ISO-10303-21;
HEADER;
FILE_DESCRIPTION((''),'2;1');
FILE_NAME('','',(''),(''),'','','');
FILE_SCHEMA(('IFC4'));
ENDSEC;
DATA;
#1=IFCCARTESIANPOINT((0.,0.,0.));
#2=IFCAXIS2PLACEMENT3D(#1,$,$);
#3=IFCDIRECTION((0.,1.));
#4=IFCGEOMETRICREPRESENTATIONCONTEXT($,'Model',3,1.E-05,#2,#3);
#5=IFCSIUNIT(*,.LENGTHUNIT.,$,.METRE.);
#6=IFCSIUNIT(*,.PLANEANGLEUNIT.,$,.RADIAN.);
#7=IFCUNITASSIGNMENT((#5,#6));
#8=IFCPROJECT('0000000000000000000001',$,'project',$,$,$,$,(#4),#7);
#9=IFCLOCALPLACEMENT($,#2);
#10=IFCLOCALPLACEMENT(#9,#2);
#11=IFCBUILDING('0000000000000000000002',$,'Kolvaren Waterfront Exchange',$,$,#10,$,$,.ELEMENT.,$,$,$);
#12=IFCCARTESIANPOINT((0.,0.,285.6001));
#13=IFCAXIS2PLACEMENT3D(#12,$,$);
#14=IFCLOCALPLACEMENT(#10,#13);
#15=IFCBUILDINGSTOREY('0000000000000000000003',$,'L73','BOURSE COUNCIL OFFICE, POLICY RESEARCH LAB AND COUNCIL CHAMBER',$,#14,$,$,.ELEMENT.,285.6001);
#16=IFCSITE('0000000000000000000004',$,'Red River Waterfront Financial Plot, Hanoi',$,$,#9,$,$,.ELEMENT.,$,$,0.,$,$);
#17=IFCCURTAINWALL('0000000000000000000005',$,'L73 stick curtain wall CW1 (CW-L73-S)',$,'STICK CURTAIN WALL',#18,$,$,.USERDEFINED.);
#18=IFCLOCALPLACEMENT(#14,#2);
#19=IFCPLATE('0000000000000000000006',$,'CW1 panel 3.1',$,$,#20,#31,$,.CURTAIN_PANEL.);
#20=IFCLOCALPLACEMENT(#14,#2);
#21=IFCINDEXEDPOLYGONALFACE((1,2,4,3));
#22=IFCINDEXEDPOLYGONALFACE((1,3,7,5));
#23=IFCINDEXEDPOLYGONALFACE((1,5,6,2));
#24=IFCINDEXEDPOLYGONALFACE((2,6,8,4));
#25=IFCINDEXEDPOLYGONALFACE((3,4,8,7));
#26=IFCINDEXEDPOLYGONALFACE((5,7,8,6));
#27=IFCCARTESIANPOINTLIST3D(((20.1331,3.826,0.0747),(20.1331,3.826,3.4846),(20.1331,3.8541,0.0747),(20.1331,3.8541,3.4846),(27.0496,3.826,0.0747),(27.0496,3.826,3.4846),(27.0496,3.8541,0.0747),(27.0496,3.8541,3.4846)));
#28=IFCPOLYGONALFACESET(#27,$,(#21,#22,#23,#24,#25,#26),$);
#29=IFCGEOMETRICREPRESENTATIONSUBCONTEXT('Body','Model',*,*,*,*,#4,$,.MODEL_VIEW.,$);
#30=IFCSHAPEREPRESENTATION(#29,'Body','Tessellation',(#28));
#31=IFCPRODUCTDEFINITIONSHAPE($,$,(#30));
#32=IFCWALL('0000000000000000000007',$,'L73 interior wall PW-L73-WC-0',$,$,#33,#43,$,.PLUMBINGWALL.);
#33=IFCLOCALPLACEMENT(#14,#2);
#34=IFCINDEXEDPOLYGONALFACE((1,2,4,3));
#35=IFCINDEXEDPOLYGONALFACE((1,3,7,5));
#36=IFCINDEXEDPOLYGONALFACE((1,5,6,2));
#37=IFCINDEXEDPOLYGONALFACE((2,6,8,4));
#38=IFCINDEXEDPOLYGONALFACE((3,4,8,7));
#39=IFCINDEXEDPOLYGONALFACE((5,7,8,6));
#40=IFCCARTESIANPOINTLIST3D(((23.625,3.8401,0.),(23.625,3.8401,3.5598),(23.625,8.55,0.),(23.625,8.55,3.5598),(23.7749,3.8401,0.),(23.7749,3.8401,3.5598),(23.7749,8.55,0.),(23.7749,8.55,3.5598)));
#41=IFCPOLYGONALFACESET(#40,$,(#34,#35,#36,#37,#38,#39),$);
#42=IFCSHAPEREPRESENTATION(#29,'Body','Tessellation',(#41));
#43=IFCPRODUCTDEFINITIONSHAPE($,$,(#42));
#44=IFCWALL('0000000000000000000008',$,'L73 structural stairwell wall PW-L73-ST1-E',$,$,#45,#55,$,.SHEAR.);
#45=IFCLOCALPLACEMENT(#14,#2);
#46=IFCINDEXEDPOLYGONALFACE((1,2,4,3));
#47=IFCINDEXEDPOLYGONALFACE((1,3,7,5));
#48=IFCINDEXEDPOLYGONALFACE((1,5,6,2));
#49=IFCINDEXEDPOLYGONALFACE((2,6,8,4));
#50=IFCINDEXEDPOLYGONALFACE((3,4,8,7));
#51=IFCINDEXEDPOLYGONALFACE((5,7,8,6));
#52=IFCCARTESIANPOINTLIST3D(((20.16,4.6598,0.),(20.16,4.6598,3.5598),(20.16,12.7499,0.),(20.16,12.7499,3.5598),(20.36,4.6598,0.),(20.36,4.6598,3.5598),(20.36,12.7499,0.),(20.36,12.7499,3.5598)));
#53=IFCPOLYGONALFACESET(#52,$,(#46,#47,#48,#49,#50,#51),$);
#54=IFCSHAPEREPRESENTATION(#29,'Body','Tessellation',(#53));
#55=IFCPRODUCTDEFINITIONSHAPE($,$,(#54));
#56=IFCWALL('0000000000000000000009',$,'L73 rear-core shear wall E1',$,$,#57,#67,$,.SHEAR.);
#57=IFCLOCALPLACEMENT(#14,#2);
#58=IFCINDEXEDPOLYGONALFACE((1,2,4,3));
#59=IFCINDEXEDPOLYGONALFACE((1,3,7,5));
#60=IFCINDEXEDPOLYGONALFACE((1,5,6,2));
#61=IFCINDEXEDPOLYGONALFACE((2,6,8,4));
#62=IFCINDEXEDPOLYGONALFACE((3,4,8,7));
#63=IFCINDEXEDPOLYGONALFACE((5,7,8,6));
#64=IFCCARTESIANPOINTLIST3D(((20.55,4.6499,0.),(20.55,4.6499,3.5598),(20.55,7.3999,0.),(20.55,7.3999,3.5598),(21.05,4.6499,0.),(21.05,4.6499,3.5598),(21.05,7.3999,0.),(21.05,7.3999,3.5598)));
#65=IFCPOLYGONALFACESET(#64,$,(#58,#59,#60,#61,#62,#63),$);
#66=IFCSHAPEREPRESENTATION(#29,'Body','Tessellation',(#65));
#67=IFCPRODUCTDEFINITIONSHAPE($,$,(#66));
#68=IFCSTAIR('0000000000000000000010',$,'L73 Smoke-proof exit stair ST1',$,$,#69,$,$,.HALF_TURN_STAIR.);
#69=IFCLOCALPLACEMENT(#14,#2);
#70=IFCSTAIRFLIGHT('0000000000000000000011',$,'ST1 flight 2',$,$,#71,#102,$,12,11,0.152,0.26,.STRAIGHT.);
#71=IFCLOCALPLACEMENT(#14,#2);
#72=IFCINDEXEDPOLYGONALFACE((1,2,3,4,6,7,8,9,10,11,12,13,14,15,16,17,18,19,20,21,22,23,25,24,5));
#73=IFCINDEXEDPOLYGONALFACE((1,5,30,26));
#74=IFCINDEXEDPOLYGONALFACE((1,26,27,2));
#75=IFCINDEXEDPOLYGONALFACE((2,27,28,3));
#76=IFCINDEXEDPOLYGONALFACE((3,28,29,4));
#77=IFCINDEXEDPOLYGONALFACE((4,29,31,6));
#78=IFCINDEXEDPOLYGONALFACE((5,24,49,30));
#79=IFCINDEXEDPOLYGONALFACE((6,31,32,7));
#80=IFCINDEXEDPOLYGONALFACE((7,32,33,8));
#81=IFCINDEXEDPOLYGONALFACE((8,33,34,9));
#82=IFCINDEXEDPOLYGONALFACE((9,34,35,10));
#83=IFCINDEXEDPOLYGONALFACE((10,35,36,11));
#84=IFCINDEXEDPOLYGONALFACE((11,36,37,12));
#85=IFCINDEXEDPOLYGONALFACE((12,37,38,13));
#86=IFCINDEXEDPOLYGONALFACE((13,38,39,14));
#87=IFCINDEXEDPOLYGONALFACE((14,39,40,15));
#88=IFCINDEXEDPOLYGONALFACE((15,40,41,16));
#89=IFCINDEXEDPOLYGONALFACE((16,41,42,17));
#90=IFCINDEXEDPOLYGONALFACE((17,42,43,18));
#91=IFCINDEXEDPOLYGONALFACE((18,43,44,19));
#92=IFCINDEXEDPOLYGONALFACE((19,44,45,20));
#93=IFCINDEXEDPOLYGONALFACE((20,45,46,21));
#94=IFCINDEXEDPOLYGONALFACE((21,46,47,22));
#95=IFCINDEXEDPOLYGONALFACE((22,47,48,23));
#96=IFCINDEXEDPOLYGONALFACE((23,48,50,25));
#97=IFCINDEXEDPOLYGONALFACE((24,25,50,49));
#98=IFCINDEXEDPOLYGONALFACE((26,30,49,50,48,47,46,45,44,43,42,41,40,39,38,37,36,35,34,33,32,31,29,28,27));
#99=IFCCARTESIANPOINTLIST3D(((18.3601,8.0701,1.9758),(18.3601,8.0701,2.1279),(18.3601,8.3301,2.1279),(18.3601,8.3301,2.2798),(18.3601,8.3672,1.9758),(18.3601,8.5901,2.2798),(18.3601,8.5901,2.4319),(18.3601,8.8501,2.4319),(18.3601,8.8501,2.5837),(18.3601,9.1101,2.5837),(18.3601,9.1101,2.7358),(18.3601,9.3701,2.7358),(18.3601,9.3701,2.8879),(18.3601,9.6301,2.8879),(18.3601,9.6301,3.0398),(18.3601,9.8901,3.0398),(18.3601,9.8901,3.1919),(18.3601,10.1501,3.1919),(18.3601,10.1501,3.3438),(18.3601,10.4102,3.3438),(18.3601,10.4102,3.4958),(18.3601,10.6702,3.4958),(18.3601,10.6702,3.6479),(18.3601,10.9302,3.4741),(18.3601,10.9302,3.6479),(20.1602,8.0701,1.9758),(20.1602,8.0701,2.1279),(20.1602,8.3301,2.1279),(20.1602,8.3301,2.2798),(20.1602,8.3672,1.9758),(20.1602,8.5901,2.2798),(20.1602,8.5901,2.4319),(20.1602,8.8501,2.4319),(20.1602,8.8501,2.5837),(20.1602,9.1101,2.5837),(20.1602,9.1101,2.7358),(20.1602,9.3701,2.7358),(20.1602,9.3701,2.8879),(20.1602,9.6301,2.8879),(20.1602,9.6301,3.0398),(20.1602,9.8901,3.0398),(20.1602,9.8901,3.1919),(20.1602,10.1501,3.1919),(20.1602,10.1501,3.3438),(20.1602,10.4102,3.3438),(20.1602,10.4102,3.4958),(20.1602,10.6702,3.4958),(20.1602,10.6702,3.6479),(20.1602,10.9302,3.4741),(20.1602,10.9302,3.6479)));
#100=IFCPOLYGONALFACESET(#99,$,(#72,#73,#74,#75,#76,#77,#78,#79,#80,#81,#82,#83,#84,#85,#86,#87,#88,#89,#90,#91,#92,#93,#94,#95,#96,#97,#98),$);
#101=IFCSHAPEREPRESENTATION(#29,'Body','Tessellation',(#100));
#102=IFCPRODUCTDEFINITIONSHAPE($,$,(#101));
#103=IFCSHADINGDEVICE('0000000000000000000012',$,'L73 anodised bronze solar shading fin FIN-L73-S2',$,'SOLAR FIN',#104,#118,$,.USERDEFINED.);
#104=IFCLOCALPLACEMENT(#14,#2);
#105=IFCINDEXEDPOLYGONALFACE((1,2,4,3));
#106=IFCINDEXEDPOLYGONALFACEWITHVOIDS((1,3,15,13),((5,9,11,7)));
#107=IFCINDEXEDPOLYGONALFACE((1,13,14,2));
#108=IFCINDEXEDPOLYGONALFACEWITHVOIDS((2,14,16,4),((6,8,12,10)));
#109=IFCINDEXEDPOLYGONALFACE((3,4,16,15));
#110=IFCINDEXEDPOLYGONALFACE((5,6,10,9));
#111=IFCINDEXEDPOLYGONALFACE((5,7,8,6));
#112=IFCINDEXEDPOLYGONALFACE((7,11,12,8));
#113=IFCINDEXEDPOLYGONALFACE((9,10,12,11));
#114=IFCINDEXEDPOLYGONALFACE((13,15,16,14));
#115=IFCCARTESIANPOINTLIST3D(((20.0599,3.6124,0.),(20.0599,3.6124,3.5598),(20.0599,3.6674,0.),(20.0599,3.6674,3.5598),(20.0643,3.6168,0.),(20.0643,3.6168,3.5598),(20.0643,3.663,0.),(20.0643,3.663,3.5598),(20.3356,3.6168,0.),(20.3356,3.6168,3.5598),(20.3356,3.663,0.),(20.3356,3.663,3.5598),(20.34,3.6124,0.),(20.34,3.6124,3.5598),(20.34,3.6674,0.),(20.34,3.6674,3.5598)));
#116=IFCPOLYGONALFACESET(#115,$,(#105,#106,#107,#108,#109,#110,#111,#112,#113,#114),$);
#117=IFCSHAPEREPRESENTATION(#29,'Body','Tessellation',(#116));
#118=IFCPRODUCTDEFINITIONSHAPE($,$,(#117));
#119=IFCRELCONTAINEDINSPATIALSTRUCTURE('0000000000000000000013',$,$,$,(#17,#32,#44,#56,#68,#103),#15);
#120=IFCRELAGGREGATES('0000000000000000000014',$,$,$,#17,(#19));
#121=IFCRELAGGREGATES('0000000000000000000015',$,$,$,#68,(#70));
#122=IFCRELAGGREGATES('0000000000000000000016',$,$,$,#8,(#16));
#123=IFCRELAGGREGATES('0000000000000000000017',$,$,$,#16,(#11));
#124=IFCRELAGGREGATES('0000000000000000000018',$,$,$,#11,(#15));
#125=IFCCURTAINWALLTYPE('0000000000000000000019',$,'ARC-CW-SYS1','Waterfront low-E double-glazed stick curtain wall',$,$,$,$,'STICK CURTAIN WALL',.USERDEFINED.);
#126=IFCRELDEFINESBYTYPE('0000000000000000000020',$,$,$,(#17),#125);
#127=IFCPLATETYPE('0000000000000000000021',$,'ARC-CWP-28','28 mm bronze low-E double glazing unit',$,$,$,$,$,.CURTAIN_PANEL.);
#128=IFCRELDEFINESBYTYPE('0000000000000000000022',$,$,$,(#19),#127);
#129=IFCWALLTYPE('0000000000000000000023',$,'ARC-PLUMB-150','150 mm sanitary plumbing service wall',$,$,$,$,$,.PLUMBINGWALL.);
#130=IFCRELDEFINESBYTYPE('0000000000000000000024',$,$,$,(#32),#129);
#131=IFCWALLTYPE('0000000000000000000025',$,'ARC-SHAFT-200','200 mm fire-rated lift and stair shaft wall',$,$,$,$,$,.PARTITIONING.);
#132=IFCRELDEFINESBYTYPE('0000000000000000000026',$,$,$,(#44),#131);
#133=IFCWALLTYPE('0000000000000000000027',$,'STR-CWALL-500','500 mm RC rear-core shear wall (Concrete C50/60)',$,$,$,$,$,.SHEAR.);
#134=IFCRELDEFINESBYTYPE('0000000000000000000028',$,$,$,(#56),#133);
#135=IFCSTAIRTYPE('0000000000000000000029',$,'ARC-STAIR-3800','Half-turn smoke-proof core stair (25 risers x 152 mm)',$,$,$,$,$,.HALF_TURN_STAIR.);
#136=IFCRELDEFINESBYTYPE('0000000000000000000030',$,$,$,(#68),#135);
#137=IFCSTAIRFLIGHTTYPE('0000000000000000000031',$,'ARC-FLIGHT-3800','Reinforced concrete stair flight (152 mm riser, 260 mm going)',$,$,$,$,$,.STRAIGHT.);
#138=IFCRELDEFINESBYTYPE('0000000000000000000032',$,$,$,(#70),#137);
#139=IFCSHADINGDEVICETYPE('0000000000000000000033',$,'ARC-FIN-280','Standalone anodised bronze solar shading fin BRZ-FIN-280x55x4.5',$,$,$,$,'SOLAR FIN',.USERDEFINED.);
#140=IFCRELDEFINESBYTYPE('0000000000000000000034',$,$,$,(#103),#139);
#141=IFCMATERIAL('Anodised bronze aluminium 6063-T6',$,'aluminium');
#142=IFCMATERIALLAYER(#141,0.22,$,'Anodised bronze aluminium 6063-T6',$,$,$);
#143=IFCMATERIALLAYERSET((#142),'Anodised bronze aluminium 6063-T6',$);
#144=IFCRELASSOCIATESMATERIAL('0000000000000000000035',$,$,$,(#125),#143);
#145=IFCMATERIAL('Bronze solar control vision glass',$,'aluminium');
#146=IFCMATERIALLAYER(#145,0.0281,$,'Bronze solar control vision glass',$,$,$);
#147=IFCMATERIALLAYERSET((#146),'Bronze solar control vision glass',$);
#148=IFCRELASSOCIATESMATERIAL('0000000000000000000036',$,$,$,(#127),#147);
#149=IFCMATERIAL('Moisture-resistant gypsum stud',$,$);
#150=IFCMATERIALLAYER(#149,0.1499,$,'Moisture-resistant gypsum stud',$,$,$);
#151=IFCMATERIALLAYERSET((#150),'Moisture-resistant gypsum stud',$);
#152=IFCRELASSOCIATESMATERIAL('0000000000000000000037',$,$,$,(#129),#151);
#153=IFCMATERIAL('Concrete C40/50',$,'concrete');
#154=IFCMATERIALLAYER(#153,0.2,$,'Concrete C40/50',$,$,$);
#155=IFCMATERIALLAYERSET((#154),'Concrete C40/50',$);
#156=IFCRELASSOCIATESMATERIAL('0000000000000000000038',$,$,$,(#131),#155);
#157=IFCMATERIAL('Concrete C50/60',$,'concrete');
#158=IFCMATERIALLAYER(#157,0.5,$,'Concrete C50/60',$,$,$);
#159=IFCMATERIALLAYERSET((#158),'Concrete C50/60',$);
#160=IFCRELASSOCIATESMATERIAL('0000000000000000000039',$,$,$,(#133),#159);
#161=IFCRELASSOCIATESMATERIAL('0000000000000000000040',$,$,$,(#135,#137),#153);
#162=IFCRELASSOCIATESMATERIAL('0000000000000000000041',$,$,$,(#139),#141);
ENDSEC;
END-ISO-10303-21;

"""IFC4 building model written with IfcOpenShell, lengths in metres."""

from ifc_helpers import new_model, si_unit, direction, frame, frame_2d, origin, origin_with_axes, origin_2d, place, context, subcontext, project, spatial, polyline, rectangle, hollow_rectangle, outline, extrude, source, transform, mapped, material, layer, layer_set, material_profile, profile_set, type_object, element, aggregate, save


model = new_model("IFC4")

# Units and contexts
model_context = context("Model", 3, precision=1e-05, world=origin(), true_north=direction((0.0, 1.0)))
body_context = subcontext(model_context, "Body", "Model", "MODEL_VIEW")
ifc_project = project(units=[si_unit("LENGTHUNIT", "METRE"), si_unit("PLANEANGLEUNIT", "RADIAN")], contexts=[model_context])

# Site, building, storey
site_placement = place(None, origin())
site = spatial("IfcSite", under=ifc_project, at=site_placement, Name="Red River Waterfront Financial Plot, Hanoi", CompositionType="ELEMENT", RefElevation=0.0)
building_placement = place(site_placement, origin())
building = spatial("IfcBuilding", under=site, at=building_placement, Name="Kolvaren Waterfront Exchange", CompositionType="ELEMENT")
storey_placement = place(building_placement, frame((0.0, 0.0, 285.6001)))
storey = spatial("IfcBuildingStorey", under=building, at=storey_placement, Name="L73", Description="BOURSE COUNCIL OFFICE, POLICY RESEARCH LAB AND COUNCIL CHAMBER", CompositionType="ELEMENT", Elevation=285.6001)

# Shared definitions
ifc_material_1 = material(Name="Concrete C50/60", Category="concrete")

# Curtain wall, plate
ifc_material_2 = material(Name="Anodised bronze aluminium 6063-T6", Category="aluminium")
ifc_layer_1 = layer(ifc_material_2, 0.22, Name="Anodised bronze aluminium 6063-T6")
ifc_layer_set_1 = layer_set([ifc_layer_1], Name="Anodised bronze aluminium 6063-T6")
curtain_wall_type = type_object("IfcCurtainWallType", Name="ARC-CW-SYS1", Description="Waterfront low-E double-glazed stick curtain wall", ElementType="STICK CURTAIN WALL", PredefinedType="USERDEFINED", material=ifc_layer_set_1)
curtain_wall_placement = place(storey_placement, origin())
curtain_wall = element("IfcCurtainWall", 1, at=curtain_wall_placement, inside=storey, type_object=curtain_wall_type, Name="L73 stick curtain wall CW1 (CW-L73-S)", ObjectType="STICK CURTAIN WALL", PredefinedType="USERDEFINED")
ifc_material_3 = material(Name="Bronze solar control vision glass", Category="aluminium")
ifc_layer_2 = layer(ifc_material_3, 0.0281, Name="Bronze solar control vision glass")
ifc_layer_set_2 = layer_set([ifc_layer_2], Name="Bronze solar control vision glass")
plate_type = type_object("IfcPlateType", Name="ARC-CWP-28", Description="28 mm bronze low-E double glazing unit", PredefinedType="CURTAIN_PANEL", material=ifc_layer_set_2)
shared_shape_1 = source(origin_with_axes(), body_context, "Body", "SweptSolid", [
    extrude(rectangle(XDim=6.9165, YDim=0.0281, at=origin_2d()), origin(), (0.0, 0.0, 1.0), 3.4099),
])
plate_placement = place(storey_placement, frame((23.5913, 3.8401, 0.0747), z_axis=(0.0, 0.0, 1.0), x_axis=(1.0, 0.0, 0.0)))
plate = element("IfcPlate", 2, at=plate_placement, type_object=plate_type, Name="CW1 panel 3.1", PredefinedType="CURTAIN_PANEL", context=body_context, shape_type="MappedRepresentation", body=[
    mapped(shared_shape_1, transform((0.0, 0.0, 0.0), x_axis=(1.0, 0.0, 0.0), y_axis=(0.0, 1.0, 0.0), z_axis=(0.0, 0.0, 1.0), scale=1.0)),
])
aggregate(curtain_wall, [plate])

# Walls
ifc_material_4 = material(Name="Moisture-resistant gypsum stud")
ifc_layer_3 = layer(ifc_material_4, 0.1499, Name="Moisture-resistant gypsum stud")
ifc_layer_set_3 = layer_set([ifc_layer_3], Name="Moisture-resistant gypsum stud")
wall_type_1 = type_object("IfcWallType", Name="ARC-PLUMB-150", Description="150 mm sanitary plumbing service wall", PredefinedType="PLUMBINGWALL", material=ifc_layer_set_3)
wall_1_placement = place(storey_placement, frame((23.7, 3.8401, 0.0), z_axis=(0.0, 0.0, 1.0), x_axis=(0.0, 1.0, 0.0)))
element("IfcWall", 3, at=wall_1_placement, inside=storey, type_object=wall_type_1, Name="L73 interior wall PW-L73-WC-0", PredefinedType="PLUMBINGWALL", context=body_context, shape_type="SweptSolid", body=[
    extrude(rectangle(XDim=4.71, YDim=0.1499, at=frame_2d((2.355, 0.0))), origin(), (0.0, 0.0, 1.0), 3.5598),
])
ifc_material_5 = material(Name="Concrete C40/50", Category="concrete")
ifc_layer_4 = layer(ifc_material_5, 0.2, Name="Concrete C40/50")
ifc_layer_set_4 = layer_set([ifc_layer_4], Name="Concrete C40/50")
wall_type_2 = type_object("IfcWallType", Name="ARC-SHAFT-200", Description="200 mm fire-rated lift and stair shaft wall", PredefinedType="PARTITIONING", material=ifc_layer_set_4)
wall_2_placement = place(storey_placement, frame((20.26, 4.6599, 0.0), z_axis=(0.0, 0.0, 1.0), x_axis=(0.0, 1.0, 0.0)))
element("IfcWall", 4, at=wall_2_placement, inside=storey, type_object=wall_type_2, Name="L73 structural stairwell wall PW-L73-ST1-E", PredefinedType="SHEAR", context=body_context, shape_type="SweptSolid", body=[
    extrude(rectangle(XDim=8.0901, YDim=0.2, at=frame_2d((4.0449, 0.0))), origin(), (0.0, 0.0, 1.0), 3.5598),
])
ifc_layer_5 = layer(ifc_material_1, 0.5, Name="Concrete C50/60")
ifc_layer_set_5 = layer_set([ifc_layer_5], Name="Concrete C50/60")
wall_type_3 = type_object("IfcWallType", Name="STR-CWALL-500", Description="500 mm RC rear-core shear wall (Concrete C50/60)", PredefinedType="SHEAR", material=ifc_layer_set_5)
wall_3_placement = place(storey_placement, frame((20.8, 4.6499, 0.0), z_axis=(0.0, 0.0, 1.0), x_axis=(0.0, 1.0, 0.0)))
element("IfcWall", 5, at=wall_3_placement, inside=storey, type_object=wall_type_3, Name="L73 rear-core shear wall E1", PredefinedType="SHEAR", context=body_context, shape_type="SweptSolid", body=[
    extrude(rectangle(XDim=2.75, YDim=0.5, at=frame_2d((1.375, 0.0))), origin(), (0.0, 0.0, 1.0), 3.5598),
])

# Stair, stair flight
stair_type = type_object("IfcStairType", Name="ARC-STAIR-3800", Description="Half-turn smoke-proof core stair (25 risers x 152 mm)", PredefinedType="HALF_TURN_STAIR", material=ifc_material_5)
stair_placement = place(storey_placement, origin())
stair = element("IfcStair", 6, at=stair_placement, inside=storey, type_object=stair_type, Name="L73 Smoke-proof exit stair ST1", PredefinedType="HALF_TURN_STAIR")
stair_flight_type = type_object("IfcStairFlightType", Name="ARC-FLIGHT-3800", Description="Reinforced concrete stair flight (152 mm riser, 260 mm going)", PredefinedType="STRAIGHT", material=ifc_material_5)
stair_flight_placement = place(storey_placement, frame((19.26, 8.0701, 1.9758), z_axis=(0.0, 0.0, 1.0), x_axis=(0.0, 1.0, 0.0)))
stair_flight = element("IfcStairFlight", 7, at=stair_flight_placement, type_object=stair_flight_type, Name="ST1 flight 2", NumberOfRisers=12, NumberOfTreads=11, PredefinedType="STRAIGHT", RiserHeight=0.152, TreadLength=0.26, context=body_context, shape_type="SweptSolid", body=[
    extrude(outline(polyline([(0.0, 0.0), (0.0, 0.1521), (0.26, 0.1521), (0.26, 0.304), (0.52, 0.304), (0.52, 0.4561), (0.78, 0.4561), (0.78, 0.6079), (1.04, 0.6079), (1.04, 0.76), (1.3, 0.76), (1.3, 0.9121), (1.5601, 0.9121), (1.5601, 1.064), (1.8201, 1.064), (1.8201, 1.2161), (2.0801, 1.2161), (2.0801, 1.3679), (2.3401, 1.3679), (2.3401, 1.52), (2.6001, 1.52), (2.6001, 1.6721), (2.8601, 1.6721), (2.8601, 1.824), (2.8601, 1.4983), (0.2971, 0.0), (0.0, 0.0)])), frame((0.0, 0.8999, 0.0), z_axis=(0.0, -1.0, 0.0), x_axis=(1.0, 0.0, 0.0)), (0.0, 0.0, 1.0), 1.8),
])
aggregate(stair, [stair_flight])

# Shading device
ifc_material_profile_1 = material_profile(ifc_material_2, hollow_rectangle(XDim=0.0549, YDim=0.28, WallThickness=0.0044, at=origin_2d()), Name="BRZ-FIN-280x55x4.5")
ifc_profile_set_1 = profile_set([ifc_material_profile_1], Name="Anodised bronze aluminium 6063-T6")
shading_device_type = type_object("IfcShadingDeviceType", Name="ARC-FIN-280", Description="Standalone anodised bronze solar shading fin BRZ-FIN-280x55x4.5", ElementType="SOLAR FIN", PredefinedType="USERDEFINED", material=ifc_profile_set_1)
shading_device_placement = place(storey_placement, frame((20.2, 3.6399, 0.0), z_axis=(0.0, 0.0, 1.0), x_axis=(0.0, -1.0, 0.0)))
element("IfcShadingDevice", 8, at=shading_device_placement, inside=storey, type_object=shading_device_type, Name="L73 anodised bronze solar shading fin FIN-L73-S2", ObjectType="SOLAR FIN", PredefinedType="USERDEFINED", context=body_context, shape_type="SweptSolid", body=[
    extrude(hollow_rectangle(XDim=0.0549, YDim=0.28, WallThickness=0.0044, at=origin_2d()), origin(), (0.0, 0.0, 1.0), 3.5598),
])

save(model, "model.ifc")
